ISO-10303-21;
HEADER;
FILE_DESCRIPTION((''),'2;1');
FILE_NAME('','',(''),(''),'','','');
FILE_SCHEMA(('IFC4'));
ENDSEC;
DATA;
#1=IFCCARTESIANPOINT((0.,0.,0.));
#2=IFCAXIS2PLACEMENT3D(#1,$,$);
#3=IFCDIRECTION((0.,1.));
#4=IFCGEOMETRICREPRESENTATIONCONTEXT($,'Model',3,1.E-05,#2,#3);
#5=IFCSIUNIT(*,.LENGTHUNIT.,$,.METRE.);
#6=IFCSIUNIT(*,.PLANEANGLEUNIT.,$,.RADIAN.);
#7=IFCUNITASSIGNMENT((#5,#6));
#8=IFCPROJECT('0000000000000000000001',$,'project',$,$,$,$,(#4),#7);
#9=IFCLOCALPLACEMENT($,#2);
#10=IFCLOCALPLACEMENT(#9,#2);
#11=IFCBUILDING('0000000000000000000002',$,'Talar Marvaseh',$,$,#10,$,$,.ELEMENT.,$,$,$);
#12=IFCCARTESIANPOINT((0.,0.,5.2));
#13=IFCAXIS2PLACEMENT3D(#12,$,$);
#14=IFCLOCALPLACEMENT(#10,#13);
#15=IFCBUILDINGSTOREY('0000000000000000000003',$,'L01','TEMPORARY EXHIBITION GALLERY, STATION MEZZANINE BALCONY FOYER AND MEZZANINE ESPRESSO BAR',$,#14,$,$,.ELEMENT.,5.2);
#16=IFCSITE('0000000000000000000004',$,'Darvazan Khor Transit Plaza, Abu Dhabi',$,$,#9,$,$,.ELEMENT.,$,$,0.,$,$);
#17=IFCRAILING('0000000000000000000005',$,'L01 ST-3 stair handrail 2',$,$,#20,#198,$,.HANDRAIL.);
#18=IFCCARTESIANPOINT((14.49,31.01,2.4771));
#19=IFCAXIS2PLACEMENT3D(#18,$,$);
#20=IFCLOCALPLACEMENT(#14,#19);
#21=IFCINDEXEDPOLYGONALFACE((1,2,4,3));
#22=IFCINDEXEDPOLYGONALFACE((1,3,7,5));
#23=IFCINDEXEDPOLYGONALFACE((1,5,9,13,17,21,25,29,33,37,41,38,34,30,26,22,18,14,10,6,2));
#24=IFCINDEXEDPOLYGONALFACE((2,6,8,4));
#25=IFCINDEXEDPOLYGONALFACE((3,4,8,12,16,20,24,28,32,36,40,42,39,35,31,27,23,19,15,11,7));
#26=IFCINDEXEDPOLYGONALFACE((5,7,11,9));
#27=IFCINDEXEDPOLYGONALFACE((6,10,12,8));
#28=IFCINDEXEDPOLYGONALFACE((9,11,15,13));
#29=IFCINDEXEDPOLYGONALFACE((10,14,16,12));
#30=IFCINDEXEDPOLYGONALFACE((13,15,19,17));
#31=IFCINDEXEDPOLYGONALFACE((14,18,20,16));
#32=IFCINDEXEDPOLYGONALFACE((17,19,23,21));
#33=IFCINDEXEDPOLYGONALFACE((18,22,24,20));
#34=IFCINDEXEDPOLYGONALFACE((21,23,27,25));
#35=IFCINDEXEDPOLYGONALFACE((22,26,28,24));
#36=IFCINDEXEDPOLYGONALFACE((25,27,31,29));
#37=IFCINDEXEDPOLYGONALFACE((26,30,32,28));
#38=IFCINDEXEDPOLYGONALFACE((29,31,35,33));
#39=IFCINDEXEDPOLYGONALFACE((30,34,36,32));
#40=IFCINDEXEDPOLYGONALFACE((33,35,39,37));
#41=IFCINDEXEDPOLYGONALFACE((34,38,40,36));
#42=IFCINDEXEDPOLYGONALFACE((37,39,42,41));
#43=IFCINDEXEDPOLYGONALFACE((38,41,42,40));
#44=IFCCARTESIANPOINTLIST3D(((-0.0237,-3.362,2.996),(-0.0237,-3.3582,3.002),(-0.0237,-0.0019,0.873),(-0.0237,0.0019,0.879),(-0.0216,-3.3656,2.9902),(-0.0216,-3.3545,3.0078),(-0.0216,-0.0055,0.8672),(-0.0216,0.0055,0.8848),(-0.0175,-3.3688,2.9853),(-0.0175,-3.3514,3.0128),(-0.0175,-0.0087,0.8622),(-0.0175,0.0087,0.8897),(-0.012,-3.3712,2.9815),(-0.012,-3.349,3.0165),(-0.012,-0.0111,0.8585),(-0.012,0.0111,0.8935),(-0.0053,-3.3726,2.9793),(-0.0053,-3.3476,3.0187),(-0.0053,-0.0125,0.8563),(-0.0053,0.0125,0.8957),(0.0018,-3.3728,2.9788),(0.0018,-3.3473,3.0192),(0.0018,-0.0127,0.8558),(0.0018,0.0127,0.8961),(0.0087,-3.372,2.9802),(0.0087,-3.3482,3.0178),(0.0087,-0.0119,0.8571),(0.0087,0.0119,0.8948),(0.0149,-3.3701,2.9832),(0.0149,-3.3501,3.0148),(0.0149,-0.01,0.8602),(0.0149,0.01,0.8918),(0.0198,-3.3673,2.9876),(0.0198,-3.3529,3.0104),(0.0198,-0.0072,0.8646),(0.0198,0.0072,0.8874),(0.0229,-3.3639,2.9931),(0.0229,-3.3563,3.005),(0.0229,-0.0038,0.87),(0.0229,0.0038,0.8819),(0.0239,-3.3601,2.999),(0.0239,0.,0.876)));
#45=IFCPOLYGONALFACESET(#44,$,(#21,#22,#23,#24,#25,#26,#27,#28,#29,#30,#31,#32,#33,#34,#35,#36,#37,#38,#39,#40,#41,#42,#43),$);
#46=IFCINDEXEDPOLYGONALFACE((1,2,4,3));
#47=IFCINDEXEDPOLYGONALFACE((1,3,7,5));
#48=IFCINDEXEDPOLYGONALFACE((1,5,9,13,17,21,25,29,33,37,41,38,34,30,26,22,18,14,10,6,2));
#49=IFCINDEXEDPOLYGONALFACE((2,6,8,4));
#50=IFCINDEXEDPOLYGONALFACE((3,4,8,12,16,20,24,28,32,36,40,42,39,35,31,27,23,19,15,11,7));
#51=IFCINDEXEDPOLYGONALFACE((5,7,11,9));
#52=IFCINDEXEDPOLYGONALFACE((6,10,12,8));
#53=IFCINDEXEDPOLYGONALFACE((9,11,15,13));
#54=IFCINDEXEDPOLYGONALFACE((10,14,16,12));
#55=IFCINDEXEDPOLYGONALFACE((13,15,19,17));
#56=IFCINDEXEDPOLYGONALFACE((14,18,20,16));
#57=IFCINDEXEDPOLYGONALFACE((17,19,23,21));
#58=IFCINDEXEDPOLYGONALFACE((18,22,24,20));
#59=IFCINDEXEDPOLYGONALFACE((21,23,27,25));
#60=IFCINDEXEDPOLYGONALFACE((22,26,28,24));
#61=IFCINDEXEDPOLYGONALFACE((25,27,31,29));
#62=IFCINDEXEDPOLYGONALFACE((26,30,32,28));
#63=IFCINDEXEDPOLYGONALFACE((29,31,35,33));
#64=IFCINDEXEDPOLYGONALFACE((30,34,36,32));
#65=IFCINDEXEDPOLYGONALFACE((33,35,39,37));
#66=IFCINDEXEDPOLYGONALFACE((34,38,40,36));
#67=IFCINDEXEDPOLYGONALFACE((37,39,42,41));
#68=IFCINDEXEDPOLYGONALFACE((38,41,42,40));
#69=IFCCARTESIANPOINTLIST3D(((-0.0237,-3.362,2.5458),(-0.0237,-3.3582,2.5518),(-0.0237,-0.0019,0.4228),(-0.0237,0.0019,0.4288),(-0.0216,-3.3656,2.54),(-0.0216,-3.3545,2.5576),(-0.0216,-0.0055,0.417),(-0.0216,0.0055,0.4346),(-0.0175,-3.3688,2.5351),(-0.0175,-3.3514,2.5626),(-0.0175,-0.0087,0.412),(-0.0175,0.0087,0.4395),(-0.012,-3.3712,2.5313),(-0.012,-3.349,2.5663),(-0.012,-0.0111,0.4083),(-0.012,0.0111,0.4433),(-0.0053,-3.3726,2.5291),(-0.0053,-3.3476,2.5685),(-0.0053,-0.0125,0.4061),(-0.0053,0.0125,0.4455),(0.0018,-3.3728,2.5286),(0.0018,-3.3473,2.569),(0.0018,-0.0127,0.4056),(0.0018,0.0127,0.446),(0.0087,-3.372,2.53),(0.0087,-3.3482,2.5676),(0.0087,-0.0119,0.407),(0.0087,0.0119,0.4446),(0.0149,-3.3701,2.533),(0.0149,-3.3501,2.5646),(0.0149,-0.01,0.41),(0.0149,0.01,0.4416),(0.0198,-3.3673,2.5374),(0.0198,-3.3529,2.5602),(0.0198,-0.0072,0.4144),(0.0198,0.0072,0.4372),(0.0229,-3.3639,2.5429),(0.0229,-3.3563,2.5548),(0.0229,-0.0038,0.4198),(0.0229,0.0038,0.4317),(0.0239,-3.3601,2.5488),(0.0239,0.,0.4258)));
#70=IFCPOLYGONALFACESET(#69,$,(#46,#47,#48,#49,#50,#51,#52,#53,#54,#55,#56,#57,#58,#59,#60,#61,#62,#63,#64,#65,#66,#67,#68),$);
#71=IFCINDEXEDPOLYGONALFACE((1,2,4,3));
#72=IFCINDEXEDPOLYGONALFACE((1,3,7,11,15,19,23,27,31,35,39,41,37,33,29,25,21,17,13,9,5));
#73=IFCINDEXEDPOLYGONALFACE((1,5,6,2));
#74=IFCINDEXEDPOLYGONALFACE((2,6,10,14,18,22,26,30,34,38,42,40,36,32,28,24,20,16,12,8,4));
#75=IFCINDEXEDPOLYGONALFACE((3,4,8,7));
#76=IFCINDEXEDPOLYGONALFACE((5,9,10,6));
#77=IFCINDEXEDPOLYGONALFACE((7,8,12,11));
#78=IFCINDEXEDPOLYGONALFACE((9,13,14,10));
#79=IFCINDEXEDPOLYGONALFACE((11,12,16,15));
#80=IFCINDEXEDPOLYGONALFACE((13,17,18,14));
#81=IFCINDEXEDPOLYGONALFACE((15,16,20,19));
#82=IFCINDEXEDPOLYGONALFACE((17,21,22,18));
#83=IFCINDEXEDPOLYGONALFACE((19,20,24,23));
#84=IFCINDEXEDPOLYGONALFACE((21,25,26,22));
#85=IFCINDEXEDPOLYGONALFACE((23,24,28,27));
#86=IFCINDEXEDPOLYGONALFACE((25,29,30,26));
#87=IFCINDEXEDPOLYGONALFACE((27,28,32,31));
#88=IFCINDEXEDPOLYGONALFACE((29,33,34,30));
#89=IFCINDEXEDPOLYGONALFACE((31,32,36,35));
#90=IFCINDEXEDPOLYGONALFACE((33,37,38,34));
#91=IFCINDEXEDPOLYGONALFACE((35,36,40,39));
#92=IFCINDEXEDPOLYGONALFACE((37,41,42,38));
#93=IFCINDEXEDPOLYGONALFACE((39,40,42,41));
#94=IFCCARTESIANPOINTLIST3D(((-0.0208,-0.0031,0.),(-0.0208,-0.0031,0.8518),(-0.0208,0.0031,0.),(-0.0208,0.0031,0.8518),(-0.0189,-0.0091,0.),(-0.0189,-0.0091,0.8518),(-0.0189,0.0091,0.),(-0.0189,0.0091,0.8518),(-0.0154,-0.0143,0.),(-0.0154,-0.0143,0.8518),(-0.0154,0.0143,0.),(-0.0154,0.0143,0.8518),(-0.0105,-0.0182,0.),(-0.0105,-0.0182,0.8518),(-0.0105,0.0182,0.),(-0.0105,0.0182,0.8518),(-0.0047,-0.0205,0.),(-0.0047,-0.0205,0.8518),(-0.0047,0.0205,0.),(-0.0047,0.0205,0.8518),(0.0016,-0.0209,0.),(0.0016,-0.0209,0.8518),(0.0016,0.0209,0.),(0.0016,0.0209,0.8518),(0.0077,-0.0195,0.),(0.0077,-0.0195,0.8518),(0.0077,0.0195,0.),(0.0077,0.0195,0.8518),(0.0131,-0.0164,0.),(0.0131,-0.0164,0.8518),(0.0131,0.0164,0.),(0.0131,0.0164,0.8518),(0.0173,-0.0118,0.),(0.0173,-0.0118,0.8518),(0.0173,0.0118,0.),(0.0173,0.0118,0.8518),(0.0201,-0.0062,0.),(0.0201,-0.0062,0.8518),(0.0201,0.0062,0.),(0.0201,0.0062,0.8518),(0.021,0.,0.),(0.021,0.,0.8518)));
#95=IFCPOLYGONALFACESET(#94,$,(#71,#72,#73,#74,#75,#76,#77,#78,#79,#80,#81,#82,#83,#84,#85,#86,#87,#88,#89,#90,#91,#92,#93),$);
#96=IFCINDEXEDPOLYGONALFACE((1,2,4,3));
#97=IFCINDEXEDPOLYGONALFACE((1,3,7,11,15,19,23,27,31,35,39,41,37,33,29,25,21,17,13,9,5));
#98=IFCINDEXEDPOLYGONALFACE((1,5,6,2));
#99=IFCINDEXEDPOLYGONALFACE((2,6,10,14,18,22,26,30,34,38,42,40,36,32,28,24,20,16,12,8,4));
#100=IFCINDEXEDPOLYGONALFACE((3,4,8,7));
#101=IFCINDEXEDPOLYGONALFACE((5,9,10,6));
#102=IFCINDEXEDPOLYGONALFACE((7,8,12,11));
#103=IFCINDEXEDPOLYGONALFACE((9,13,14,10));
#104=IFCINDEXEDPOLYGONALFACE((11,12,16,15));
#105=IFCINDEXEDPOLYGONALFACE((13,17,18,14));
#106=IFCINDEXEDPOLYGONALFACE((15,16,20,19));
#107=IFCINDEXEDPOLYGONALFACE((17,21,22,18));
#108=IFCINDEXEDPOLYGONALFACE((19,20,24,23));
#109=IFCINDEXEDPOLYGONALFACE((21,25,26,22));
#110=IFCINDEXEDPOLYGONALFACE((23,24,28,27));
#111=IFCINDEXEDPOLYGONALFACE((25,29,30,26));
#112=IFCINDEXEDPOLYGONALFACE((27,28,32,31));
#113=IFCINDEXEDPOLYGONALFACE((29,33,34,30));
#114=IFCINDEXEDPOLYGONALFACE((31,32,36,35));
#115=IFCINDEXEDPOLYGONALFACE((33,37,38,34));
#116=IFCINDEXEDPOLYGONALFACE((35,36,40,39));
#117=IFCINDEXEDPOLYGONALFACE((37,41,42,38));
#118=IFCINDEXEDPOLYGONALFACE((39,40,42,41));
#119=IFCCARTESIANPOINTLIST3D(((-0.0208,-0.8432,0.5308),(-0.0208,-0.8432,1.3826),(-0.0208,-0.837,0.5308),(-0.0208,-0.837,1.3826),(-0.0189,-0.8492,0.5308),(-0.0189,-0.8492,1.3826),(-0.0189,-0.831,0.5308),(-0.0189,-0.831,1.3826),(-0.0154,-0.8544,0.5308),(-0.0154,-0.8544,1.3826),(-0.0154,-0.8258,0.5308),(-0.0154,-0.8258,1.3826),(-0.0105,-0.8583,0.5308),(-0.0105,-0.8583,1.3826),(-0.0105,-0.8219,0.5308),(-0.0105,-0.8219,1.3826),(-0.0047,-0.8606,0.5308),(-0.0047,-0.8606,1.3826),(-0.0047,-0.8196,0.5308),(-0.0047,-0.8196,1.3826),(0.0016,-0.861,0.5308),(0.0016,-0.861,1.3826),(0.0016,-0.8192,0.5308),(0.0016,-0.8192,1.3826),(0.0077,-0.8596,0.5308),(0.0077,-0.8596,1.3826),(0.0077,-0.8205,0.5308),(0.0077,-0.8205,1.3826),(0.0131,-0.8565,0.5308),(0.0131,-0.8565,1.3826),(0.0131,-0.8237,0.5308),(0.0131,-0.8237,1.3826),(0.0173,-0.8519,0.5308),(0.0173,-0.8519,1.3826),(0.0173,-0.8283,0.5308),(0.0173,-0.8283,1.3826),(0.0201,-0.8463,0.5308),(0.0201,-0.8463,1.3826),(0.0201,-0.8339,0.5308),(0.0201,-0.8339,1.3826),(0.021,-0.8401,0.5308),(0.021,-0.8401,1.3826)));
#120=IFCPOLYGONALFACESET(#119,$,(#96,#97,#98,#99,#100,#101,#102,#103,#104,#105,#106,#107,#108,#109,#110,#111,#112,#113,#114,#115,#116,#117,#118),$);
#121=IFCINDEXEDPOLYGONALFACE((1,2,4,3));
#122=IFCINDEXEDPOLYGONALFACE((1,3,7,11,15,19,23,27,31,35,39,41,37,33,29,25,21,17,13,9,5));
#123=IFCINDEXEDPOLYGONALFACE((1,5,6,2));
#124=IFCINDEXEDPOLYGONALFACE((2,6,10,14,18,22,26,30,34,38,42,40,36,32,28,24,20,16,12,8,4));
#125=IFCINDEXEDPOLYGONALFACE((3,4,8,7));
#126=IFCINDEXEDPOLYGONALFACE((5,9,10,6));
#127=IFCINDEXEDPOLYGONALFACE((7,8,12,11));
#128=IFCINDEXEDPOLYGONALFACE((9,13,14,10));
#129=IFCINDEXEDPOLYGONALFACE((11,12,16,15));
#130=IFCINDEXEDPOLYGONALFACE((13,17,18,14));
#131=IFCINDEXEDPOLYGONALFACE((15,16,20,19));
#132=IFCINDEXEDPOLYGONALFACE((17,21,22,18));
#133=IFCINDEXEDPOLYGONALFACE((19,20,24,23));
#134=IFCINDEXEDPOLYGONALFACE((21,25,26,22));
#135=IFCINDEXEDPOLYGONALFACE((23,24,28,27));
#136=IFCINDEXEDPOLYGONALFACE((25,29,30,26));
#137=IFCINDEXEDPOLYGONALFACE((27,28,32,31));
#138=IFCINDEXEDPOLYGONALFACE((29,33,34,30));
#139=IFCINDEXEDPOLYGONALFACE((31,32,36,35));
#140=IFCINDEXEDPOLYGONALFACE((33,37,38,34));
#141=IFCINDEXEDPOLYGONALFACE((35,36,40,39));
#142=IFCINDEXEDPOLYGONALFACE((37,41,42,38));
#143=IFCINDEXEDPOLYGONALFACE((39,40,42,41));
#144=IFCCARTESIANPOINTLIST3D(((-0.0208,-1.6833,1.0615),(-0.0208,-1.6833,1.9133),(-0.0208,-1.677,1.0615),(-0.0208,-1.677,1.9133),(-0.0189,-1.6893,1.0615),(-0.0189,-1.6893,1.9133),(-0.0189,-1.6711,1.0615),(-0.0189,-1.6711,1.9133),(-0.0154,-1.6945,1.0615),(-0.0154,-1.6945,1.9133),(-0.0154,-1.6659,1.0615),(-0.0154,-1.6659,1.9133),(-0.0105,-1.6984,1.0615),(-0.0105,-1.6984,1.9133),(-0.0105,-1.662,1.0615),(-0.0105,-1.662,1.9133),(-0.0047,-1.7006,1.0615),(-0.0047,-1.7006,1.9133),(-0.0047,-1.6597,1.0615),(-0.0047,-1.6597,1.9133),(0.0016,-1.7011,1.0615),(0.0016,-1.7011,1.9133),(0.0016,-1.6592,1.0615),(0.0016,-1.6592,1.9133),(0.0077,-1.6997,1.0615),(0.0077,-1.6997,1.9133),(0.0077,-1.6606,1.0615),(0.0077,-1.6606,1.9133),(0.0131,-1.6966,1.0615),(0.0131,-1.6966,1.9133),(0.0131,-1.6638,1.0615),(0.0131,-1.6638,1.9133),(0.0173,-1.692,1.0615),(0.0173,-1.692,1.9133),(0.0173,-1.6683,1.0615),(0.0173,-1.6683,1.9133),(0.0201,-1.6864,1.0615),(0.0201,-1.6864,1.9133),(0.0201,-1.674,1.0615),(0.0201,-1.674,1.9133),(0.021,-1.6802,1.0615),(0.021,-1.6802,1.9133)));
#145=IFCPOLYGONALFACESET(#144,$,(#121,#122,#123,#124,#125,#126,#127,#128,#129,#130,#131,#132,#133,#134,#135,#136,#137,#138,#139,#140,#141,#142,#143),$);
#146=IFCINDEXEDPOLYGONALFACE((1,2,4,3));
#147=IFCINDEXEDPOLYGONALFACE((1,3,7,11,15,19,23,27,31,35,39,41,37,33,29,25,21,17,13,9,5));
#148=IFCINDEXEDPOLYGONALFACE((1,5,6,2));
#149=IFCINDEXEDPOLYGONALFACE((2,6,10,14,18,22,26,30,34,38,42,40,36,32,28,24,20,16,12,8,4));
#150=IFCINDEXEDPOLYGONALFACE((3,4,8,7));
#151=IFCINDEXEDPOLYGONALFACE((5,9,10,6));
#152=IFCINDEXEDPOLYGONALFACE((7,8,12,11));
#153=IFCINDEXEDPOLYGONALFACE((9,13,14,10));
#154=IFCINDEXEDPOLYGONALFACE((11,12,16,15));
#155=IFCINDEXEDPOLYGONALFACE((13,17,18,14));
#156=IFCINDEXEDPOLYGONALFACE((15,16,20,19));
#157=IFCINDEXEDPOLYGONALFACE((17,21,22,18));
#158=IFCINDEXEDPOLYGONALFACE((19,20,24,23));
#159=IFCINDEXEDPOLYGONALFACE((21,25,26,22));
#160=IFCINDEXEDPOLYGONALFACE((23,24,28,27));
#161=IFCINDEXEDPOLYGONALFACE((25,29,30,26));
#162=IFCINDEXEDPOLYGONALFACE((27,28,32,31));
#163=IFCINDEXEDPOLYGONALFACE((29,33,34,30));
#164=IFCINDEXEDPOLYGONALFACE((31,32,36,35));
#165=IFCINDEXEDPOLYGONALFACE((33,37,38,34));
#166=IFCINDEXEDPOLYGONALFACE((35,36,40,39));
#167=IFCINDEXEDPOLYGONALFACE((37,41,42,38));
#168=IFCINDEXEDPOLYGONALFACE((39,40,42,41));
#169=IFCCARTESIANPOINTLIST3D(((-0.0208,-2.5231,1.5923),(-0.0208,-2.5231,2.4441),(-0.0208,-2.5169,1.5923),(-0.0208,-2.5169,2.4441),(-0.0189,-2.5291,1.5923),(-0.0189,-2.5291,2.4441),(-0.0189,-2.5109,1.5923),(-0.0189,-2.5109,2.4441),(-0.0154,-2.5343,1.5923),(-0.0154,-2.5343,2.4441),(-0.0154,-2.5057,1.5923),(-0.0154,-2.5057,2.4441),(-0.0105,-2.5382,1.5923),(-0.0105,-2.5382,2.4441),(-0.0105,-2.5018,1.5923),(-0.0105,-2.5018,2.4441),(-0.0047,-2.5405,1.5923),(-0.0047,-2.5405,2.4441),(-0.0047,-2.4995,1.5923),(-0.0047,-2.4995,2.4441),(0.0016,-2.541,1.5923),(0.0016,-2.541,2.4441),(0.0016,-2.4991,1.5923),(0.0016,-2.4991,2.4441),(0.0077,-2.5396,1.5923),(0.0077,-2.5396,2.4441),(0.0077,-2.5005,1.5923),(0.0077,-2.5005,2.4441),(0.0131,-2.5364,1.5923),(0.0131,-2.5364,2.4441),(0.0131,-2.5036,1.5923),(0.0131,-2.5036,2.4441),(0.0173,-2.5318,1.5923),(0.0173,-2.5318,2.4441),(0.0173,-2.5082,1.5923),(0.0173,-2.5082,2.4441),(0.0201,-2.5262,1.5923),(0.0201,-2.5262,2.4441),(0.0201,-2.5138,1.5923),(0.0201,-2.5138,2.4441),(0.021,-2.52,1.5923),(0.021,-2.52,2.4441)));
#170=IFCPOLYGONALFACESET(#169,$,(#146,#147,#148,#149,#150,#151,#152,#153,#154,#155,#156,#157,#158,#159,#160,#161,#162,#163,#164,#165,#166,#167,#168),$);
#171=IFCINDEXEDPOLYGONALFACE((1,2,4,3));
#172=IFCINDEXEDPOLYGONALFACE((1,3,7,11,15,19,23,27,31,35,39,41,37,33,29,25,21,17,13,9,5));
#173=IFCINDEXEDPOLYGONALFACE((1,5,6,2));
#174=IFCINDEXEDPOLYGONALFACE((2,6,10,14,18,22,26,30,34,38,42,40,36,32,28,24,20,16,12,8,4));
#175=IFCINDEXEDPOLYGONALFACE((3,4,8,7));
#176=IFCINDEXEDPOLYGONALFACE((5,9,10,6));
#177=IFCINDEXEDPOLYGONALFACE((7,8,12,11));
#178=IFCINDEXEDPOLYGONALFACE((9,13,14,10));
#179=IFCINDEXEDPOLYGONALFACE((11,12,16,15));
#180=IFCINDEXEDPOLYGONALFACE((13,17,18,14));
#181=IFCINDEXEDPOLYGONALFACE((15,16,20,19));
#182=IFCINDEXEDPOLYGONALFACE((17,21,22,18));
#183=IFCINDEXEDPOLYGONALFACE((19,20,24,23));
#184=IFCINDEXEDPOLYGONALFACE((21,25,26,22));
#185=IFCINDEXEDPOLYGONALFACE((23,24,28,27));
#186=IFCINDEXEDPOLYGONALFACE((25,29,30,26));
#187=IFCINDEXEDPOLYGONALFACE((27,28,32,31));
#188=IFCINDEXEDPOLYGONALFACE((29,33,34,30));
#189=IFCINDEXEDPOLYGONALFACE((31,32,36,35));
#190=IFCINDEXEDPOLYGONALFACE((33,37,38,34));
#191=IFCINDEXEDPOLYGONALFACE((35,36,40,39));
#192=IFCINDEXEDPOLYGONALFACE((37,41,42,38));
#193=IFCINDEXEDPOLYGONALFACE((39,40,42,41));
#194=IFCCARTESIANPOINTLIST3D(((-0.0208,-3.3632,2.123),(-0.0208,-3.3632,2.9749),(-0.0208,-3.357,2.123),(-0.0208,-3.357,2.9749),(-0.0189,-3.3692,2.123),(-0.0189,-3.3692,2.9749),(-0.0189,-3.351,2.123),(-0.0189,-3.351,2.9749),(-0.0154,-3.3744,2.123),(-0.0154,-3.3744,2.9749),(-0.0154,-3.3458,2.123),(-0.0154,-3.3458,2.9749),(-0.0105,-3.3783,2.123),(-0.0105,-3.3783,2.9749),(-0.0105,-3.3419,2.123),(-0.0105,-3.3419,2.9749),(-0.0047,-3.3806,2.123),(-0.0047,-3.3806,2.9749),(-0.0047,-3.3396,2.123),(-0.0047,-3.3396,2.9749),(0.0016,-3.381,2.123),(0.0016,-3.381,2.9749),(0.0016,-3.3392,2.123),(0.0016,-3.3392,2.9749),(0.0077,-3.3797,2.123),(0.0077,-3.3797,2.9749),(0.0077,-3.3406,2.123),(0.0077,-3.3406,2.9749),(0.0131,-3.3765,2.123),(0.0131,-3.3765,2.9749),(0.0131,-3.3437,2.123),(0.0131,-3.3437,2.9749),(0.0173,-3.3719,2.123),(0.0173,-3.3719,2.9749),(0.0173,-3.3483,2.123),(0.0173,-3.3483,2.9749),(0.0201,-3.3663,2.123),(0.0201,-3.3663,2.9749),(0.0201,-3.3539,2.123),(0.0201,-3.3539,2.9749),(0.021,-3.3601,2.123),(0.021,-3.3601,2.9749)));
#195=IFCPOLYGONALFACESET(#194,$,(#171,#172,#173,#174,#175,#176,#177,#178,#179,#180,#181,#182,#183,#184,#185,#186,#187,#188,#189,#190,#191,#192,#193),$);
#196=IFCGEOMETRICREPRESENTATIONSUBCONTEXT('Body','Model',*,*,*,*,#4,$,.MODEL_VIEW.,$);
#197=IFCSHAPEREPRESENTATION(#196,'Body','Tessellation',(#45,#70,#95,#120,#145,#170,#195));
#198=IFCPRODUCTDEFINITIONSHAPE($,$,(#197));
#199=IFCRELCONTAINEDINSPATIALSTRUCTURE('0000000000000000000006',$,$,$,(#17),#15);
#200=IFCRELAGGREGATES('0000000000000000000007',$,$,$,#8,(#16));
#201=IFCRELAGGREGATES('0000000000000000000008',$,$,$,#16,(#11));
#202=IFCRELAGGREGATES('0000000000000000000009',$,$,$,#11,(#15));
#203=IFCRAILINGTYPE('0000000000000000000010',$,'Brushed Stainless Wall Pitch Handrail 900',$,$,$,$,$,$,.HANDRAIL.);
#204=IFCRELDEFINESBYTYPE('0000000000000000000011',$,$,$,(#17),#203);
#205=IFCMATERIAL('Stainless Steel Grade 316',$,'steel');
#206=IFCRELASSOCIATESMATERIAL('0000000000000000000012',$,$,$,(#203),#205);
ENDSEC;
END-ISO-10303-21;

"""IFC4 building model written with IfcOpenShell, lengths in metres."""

from ifc_helpers import new_model, si_unit, direction, frame, origin, origin_2d, place, context, subcontext, project, spatial, circle, extrude, material, type_object, element, save


model = new_model("IFC4")

# Units and contexts
model_context = context("Model", 3, precision=1e-05, world=origin(), true_north=direction((0.0, 1.0)))
body_context = subcontext(model_context, "Body", "Model", "MODEL_VIEW")
ifc_project = project(units=[si_unit("LENGTHUNIT", "METRE"), si_unit("PLANEANGLEUNIT", "RADIAN")], contexts=[model_context])

# Site, building, storey
site_placement = place(None, origin())
site = spatial("IfcSite", under=ifc_project, at=site_placement, Name="Darvazan Khor Transit Plaza, Abu Dhabi", CompositionType="ELEMENT", RefElevation=0.0)
building_placement = place(site_placement, origin())
building = spatial("IfcBuilding", under=site, at=building_placement, Name="Talar Marvaseh", CompositionType="ELEMENT")
storey_placement = place(building_placement, frame((0.0, 0.0, 5.2)))
storey = spatial("IfcBuildingStorey", under=building, at=storey_placement, Name="L01", Description="TEMPORARY EXHIBITION GALLERY, STATION MEZZANINE BALCONY FOYER AND MEZZANINE ESPRESSO BAR", CompositionType="ELEMENT", Elevation=5.2)

# Railing
ifc_material_1 = material(Name="Stainless Steel Grade 316", Category="steel")
railing_type = type_object("IfcRailingType", Name="Brushed Stainless Wall Pitch Handrail 900", PredefinedType="HANDRAIL", material=ifc_material_1)
railing_placement = place(storey_placement, frame((14.49, 31.01, 2.4771)))
element("IfcRailing", 1, at=railing_placement, inside=storey, type_object=railing_type, Name="L01 ST-3 stair handrail 2", PredefinedType="HANDRAIL", context=body_context, shape_type="SweptSolid", body=[
    extrude(circle(Radius=0.0239, at=origin_2d()), frame((0.0, 0.0, 0.876), z_axis=(0.0, -0.84539, 0.53415), x_axis=(1.0, 0.0, 0.0)), (0.0, 0.0, 1.0), 3.9746),
    extrude(circle(Radius=0.0239, at=origin_2d()), frame((0.0, 0.0, 0.4258), z_axis=(0.0, -0.84539, 0.53415), x_axis=(1.0, 0.0, 0.0)), (0.0, 0.0, 1.0), 3.9746),
    extrude(circle(Radius=0.021, at=origin_2d()), origin(), (0.0, 0.0, 1.0), 0.8518),
    extrude(circle(Radius=0.021, at=origin_2d()), frame((0.0, -0.8401, 0.5308)), (0.0, 0.0, 1.0), 0.8518),
    extrude(circle(Radius=0.021, at=origin_2d()), frame((0.0, -1.6802, 1.0615)), (0.0, 0.0, 1.0), 0.8518),
    extrude(circle(Radius=0.021, at=origin_2d()), frame((0.0, -2.52, 1.5923)), (0.0, 0.0, 1.0), 0.8518),
    extrude(circle(Radius=0.021, at=origin_2d()), frame((0.0, -3.3601, 2.123)), (0.0, 0.0, 1.0), 0.8518),
])

save(model, "model.ifc")
